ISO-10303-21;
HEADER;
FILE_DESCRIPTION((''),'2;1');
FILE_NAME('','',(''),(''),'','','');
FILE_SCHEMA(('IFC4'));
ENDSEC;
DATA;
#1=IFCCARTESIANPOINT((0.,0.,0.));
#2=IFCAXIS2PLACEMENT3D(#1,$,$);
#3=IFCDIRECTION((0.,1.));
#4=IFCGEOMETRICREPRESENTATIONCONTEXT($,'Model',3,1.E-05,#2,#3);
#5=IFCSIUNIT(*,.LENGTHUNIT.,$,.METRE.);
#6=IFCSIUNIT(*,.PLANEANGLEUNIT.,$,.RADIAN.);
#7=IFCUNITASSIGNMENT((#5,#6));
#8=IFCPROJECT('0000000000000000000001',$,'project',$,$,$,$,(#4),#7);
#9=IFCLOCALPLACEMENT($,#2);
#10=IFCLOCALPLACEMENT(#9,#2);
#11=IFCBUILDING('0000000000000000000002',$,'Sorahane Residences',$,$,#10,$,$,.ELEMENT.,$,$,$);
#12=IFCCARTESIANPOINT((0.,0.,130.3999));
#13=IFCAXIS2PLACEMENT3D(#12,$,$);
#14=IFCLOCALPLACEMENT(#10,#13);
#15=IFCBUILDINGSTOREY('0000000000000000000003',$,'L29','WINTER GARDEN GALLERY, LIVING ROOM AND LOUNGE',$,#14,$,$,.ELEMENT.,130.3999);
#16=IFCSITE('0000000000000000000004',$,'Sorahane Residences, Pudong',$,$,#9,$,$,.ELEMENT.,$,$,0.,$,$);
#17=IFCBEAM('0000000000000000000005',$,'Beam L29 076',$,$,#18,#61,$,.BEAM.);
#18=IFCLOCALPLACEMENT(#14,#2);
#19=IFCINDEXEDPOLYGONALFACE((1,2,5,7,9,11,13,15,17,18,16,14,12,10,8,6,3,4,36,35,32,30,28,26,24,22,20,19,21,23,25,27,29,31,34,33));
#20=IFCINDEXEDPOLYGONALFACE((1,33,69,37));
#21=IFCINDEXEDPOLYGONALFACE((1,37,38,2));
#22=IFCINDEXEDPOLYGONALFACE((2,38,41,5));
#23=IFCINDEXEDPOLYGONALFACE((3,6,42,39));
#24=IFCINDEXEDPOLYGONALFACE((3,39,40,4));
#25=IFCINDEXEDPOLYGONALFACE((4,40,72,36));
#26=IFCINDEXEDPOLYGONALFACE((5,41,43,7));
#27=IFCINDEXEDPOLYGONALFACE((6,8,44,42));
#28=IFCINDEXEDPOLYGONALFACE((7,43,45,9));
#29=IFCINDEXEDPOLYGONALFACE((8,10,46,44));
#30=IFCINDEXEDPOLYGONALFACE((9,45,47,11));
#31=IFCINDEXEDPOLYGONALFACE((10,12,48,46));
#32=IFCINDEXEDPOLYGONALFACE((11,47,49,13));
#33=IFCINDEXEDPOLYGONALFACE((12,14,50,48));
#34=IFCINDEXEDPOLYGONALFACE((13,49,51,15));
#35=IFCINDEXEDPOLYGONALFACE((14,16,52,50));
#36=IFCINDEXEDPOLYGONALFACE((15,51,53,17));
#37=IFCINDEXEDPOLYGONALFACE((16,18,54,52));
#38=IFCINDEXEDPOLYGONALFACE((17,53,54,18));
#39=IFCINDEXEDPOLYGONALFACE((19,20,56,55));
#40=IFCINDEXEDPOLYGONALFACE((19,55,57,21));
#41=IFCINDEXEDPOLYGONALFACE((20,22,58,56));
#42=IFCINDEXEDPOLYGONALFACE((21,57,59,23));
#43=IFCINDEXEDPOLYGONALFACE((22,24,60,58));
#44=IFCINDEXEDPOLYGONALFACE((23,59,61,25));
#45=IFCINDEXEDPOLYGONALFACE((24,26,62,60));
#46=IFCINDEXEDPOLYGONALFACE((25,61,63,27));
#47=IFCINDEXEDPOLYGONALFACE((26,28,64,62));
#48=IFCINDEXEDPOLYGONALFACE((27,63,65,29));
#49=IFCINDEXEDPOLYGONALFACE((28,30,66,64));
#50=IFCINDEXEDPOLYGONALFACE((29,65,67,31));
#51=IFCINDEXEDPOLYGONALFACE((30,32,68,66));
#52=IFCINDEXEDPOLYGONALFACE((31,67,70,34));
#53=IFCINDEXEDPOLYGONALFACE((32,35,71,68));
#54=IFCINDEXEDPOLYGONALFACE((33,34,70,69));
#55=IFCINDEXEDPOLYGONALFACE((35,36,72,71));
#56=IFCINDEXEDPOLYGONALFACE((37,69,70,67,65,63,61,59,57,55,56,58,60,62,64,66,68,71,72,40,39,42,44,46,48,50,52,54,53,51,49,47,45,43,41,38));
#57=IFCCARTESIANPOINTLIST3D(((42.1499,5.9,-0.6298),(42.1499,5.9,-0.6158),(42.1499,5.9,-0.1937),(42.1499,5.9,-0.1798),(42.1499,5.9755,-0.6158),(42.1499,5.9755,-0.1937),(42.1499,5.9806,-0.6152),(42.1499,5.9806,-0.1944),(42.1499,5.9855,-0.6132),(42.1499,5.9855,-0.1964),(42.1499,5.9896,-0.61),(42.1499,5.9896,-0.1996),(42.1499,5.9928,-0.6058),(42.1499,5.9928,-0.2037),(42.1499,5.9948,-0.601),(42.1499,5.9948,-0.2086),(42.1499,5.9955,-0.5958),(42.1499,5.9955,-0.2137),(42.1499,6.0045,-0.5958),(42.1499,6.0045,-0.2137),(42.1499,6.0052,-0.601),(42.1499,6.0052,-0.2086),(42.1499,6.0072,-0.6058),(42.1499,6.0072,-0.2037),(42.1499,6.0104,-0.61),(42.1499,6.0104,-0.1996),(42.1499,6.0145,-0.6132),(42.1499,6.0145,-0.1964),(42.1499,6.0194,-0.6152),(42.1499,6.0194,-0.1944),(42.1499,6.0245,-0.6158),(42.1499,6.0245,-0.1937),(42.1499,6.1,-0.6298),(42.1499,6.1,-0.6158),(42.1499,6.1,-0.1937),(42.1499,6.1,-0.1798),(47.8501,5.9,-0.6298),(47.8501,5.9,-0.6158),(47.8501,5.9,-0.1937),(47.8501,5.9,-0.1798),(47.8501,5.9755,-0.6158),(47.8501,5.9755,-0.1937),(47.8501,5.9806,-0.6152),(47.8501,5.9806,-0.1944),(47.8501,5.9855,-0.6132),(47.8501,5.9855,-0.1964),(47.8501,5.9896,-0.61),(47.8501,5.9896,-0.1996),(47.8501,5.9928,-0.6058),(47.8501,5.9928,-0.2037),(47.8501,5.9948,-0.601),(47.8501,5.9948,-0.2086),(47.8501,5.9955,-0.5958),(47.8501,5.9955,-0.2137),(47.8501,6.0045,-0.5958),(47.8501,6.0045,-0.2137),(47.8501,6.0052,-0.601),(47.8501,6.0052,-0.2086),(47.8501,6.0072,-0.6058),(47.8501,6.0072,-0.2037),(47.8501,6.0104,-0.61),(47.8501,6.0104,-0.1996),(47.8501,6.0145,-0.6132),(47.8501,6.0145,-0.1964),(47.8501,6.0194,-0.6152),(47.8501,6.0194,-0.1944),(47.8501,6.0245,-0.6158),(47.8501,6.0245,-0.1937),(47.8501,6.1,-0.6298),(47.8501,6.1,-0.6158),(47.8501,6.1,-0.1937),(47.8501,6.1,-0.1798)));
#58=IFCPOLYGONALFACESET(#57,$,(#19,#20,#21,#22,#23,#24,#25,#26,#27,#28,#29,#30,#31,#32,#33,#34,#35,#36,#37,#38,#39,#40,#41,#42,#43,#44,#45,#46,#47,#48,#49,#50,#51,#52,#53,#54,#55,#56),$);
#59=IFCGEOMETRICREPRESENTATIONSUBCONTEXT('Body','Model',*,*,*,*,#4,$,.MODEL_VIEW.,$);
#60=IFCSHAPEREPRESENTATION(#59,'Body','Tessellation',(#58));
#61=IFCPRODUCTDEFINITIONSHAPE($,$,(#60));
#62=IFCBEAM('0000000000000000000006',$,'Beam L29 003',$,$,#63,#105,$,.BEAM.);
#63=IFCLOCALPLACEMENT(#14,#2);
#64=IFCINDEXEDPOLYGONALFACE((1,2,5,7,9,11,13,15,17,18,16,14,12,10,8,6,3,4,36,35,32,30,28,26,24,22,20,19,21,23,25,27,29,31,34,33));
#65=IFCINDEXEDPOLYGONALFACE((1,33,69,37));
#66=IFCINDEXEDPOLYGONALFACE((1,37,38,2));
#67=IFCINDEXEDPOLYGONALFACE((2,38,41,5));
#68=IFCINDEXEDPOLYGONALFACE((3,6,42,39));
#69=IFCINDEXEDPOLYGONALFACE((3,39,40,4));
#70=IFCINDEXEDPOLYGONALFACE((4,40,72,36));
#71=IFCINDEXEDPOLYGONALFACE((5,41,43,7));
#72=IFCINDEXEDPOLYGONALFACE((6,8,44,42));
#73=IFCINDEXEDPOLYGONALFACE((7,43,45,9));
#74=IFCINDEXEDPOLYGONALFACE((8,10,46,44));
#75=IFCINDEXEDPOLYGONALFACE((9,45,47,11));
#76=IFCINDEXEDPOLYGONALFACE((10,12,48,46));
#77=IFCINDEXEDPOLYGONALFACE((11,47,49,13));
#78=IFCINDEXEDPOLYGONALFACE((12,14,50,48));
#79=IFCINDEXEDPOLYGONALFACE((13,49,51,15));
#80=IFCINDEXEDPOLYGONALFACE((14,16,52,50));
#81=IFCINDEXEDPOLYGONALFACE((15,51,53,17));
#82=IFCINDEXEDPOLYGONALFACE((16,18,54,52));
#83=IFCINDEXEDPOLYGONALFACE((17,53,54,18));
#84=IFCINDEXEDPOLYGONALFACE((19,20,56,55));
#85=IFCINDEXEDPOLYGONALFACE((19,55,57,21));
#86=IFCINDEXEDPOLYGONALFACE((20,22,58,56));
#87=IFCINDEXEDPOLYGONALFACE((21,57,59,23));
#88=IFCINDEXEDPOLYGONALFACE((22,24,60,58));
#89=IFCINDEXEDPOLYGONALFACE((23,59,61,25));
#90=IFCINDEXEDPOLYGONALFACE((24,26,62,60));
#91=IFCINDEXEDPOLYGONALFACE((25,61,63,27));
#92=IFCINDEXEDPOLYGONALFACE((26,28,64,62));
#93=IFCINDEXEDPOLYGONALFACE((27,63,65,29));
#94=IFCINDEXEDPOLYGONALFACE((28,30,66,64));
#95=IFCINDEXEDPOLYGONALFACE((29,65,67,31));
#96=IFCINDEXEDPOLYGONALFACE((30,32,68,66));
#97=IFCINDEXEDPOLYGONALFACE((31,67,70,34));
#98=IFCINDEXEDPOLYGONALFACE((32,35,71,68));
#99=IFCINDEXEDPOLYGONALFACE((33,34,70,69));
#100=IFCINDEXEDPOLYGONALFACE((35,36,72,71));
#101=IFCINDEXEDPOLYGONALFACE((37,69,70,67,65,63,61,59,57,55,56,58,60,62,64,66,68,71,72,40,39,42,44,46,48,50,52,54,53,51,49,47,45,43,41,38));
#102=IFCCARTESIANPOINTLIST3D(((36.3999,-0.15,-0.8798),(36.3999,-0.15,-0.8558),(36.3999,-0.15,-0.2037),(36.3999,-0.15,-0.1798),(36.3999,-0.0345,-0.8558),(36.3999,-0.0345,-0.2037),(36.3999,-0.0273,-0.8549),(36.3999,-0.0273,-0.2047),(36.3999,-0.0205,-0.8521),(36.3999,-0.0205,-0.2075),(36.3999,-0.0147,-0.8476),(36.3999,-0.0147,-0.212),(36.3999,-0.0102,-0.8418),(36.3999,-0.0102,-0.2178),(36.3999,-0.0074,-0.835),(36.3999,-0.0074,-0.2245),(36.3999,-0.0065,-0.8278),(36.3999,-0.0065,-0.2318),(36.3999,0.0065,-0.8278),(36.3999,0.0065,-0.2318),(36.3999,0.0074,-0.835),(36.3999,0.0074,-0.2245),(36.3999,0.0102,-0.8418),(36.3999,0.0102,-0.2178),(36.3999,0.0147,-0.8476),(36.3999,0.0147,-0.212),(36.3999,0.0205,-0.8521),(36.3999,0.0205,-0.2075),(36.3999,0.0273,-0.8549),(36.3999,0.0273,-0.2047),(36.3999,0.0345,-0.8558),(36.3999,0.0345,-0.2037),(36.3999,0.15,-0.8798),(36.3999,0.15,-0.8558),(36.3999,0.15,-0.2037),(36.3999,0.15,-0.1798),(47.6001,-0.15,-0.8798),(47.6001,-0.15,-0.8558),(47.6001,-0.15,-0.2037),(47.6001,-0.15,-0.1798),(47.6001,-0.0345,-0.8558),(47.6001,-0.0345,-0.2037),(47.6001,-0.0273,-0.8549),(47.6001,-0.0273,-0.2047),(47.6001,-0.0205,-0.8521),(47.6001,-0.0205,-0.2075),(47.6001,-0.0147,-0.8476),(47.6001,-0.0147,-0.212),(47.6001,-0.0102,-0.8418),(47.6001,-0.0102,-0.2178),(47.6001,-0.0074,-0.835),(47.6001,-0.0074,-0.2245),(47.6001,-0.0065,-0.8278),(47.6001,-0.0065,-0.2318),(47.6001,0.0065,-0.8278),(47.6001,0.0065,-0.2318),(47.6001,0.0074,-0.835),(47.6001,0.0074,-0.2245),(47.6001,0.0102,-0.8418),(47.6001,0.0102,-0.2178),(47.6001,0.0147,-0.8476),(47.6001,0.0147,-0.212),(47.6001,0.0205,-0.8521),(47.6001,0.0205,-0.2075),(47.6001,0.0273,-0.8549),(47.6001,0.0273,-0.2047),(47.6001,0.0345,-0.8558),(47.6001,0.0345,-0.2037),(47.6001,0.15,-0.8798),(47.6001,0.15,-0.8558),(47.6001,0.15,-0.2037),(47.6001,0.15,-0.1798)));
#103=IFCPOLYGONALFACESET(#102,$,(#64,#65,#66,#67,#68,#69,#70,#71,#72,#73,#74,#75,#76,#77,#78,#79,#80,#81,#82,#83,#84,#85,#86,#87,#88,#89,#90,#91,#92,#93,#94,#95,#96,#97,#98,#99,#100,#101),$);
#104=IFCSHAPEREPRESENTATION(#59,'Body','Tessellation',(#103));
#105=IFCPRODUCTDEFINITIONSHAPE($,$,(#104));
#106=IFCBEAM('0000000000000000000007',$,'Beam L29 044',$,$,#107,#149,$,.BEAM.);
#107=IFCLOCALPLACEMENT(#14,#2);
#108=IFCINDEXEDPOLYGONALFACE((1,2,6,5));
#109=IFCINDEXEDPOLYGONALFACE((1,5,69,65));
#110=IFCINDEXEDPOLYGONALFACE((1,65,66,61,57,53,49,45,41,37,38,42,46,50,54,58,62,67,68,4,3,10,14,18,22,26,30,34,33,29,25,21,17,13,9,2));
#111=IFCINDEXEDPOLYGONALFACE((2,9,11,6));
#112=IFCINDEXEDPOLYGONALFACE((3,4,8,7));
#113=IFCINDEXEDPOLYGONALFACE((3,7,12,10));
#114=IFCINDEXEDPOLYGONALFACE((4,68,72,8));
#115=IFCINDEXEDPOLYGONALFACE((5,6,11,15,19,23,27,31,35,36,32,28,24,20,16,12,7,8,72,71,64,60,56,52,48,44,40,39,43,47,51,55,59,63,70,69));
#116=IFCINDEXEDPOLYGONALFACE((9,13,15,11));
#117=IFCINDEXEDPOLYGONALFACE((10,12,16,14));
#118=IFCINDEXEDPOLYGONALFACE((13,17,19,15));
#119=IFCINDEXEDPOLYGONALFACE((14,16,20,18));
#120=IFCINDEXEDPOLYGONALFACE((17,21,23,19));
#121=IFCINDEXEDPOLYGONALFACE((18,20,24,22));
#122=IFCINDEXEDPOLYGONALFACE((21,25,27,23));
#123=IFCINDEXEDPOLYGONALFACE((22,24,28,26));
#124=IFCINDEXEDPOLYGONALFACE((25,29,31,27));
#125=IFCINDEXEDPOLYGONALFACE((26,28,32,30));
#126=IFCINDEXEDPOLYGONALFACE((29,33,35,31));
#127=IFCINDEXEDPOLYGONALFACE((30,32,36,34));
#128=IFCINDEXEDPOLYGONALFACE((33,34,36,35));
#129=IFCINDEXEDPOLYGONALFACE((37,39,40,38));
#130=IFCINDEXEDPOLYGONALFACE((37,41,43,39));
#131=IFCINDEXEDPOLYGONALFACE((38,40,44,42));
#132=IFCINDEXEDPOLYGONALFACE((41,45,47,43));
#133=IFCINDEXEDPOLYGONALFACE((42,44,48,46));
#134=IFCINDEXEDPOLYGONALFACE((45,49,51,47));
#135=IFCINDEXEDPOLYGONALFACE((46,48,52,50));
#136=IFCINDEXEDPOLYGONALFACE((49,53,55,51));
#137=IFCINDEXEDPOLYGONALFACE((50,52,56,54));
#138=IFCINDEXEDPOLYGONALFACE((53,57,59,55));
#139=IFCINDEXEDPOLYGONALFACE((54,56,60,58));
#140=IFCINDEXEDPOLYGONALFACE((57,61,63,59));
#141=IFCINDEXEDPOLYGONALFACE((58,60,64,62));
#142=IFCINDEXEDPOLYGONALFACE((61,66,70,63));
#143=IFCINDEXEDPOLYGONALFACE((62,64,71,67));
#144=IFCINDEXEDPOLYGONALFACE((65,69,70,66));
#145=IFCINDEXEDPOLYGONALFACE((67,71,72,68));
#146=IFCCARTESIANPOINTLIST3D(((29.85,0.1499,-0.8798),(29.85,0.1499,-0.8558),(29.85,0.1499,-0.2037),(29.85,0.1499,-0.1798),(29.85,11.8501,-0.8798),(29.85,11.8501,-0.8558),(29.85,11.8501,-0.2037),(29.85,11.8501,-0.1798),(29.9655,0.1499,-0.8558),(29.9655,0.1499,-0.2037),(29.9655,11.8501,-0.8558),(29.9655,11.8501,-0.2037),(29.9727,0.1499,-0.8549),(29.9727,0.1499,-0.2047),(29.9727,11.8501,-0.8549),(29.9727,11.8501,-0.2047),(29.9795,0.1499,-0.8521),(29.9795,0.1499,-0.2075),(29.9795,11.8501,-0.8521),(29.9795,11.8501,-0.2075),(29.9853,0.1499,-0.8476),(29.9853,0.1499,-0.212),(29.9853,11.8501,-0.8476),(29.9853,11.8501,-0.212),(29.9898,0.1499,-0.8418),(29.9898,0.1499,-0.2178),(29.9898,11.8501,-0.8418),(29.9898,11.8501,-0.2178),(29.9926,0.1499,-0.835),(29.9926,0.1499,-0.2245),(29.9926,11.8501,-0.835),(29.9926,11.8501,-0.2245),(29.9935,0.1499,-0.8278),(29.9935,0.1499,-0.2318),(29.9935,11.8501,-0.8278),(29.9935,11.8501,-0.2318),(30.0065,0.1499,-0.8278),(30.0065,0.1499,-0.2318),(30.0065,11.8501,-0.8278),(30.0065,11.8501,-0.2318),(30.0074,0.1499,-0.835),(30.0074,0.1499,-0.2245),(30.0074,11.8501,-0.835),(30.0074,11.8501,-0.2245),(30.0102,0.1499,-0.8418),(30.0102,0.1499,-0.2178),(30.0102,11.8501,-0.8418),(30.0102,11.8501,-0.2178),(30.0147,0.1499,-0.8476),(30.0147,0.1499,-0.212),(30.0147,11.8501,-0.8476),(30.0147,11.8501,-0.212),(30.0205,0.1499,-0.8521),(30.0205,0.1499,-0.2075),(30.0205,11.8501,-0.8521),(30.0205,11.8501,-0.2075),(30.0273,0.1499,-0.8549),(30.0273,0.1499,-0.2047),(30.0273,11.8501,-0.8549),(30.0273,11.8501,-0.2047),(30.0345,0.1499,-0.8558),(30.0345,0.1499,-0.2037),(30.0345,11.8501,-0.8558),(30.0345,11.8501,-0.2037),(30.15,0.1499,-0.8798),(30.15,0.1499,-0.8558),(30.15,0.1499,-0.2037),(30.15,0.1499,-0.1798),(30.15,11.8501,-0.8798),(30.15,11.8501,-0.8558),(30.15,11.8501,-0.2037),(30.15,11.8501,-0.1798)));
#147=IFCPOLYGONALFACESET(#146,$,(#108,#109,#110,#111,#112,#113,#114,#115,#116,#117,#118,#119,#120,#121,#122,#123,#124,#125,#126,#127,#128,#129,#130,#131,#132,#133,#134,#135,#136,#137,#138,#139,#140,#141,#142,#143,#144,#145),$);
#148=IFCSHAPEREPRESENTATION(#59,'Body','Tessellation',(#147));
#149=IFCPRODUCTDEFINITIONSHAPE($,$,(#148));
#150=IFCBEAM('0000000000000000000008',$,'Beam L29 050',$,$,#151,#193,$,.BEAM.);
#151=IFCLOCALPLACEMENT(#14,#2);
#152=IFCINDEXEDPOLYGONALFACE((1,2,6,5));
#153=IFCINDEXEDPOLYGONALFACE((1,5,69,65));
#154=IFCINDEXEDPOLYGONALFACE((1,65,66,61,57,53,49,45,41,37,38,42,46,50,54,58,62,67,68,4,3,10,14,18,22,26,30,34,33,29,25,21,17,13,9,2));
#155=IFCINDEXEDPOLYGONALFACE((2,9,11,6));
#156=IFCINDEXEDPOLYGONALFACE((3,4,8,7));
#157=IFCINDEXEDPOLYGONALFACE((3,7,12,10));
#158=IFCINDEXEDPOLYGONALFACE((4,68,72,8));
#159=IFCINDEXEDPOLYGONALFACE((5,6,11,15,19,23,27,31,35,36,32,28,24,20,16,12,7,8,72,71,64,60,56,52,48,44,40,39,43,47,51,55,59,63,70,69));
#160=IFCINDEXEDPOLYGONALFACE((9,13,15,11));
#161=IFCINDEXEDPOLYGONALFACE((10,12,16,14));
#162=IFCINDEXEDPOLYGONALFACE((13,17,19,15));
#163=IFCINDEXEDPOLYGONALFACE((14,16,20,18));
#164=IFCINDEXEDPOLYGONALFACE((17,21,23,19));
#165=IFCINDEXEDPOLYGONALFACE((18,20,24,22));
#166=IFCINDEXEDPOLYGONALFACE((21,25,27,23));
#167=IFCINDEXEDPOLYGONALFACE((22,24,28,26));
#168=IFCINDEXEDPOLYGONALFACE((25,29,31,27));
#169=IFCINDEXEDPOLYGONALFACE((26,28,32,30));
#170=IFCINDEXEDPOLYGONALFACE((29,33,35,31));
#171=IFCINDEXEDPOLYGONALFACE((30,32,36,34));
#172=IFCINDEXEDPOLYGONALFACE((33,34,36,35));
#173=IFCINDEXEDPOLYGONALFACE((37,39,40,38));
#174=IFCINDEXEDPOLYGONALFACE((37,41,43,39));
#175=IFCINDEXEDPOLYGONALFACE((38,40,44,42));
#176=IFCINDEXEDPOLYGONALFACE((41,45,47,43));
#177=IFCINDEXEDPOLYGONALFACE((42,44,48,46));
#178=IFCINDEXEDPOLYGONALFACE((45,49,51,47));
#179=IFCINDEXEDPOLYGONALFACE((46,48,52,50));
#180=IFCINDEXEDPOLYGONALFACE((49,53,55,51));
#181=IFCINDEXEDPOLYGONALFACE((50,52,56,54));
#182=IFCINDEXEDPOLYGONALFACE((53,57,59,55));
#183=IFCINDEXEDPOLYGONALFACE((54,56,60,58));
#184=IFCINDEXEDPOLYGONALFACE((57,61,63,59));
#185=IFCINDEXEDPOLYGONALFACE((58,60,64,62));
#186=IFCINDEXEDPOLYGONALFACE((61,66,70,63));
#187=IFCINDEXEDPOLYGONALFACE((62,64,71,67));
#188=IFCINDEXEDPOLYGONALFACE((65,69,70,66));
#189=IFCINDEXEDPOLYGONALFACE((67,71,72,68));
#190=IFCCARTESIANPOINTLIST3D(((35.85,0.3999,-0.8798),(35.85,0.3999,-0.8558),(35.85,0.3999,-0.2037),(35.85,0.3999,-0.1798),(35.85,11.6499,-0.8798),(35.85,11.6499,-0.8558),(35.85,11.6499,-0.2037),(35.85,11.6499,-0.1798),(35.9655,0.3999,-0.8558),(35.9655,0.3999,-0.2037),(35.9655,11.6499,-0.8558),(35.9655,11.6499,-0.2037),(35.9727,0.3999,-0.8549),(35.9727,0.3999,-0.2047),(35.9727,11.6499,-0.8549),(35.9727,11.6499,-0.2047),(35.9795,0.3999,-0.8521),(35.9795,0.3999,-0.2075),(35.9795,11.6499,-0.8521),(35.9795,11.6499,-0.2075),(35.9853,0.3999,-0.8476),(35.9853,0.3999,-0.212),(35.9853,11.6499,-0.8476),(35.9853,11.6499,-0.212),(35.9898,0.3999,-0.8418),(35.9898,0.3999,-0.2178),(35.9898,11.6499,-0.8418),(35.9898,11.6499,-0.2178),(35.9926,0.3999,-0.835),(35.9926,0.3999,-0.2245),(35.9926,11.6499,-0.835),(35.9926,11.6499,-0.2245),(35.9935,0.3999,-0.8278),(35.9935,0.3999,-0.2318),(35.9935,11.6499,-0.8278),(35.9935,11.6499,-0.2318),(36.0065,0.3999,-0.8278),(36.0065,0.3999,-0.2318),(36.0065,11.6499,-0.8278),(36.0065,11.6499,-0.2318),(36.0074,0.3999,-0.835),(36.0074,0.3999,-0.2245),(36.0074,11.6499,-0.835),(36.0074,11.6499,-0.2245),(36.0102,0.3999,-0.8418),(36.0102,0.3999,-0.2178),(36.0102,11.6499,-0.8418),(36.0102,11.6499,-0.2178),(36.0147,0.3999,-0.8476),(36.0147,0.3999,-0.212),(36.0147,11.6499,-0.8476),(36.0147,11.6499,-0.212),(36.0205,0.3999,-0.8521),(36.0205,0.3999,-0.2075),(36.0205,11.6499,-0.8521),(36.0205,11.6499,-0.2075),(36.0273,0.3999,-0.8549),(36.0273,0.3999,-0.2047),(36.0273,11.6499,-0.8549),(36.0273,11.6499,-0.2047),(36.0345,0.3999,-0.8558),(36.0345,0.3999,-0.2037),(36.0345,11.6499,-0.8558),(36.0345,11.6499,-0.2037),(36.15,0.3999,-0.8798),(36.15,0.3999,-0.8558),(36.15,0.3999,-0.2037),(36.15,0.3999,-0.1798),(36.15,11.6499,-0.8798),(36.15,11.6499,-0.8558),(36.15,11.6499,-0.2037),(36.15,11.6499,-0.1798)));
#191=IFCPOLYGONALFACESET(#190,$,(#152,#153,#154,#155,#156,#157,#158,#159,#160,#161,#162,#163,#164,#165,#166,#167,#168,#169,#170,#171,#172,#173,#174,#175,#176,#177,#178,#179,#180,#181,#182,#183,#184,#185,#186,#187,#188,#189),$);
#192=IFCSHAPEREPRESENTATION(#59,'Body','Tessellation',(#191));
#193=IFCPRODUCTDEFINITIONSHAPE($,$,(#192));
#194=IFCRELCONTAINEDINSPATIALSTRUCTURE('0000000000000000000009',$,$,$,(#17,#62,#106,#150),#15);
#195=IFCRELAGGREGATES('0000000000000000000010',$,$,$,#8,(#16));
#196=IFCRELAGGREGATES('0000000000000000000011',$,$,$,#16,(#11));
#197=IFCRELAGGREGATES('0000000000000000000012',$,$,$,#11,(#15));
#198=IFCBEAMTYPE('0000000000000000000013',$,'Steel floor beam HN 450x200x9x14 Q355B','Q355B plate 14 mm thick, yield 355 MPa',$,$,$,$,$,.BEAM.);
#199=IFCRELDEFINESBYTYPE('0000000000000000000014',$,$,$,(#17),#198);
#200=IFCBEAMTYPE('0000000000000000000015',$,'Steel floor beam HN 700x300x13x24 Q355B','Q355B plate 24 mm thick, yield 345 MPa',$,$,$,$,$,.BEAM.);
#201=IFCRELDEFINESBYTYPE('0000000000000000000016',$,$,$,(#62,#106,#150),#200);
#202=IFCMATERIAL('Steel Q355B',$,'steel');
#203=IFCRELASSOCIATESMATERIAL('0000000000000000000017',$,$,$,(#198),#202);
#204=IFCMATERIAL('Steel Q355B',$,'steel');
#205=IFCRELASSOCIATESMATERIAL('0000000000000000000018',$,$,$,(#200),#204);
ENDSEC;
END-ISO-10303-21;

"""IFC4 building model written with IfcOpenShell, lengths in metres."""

from ifc_helpers import new_model, si_unit, direction, frame, origin, origin_2d, place, context, subcontext, project, spatial, i_section, extrude, material, material_profile, profile_set, type_object, element, save


model = new_model("IFC4")

# Units and contexts
model_context = context("Model", 3, precision=1e-05, world=origin(), true_north=direction((0.0, 1.0)))
body_context = subcontext(model_context, "Body", "Model", "MODEL_VIEW")
ifc_project = project(units=[si_unit("LENGTHUNIT", "METRE"), si_unit("PLANEANGLEUNIT", "RADIAN")], contexts=[model_context])

# Site, building, storey
site_placement = place(None, origin())
site = spatial("IfcSite", under=ifc_project, at=site_placement, Name="Sorahane Residences, Pudong", CompositionType="ELEMENT", RefElevation=0.0)
building_placement = place(site_placement, origin())
building = spatial("IfcBuilding", under=site, at=building_placement, Name="Sorahane Residences", CompositionType="ELEMENT")
storey_placement = place(building_placement, frame((0.0, 0.0, 130.3999)))
storey = spatial("IfcBuildingStorey", under=building, at=storey_placement, Name="L29", Description="WINTER GARDEN GALLERY, LIVING ROOM AND LOUNGE", CompositionType="ELEMENT", Elevation=130.3999)

# Beams
ifc_material_1 = material(Name="Steel Q355B", Category="steel")
ifc_material_profile_1 = material_profile(ifc_material_1, i_section(OverallWidth=0.2, OverallDepth=0.45, WebThickness=0.009, FlangeThickness=0.0139, FilletRadius=0.02, at=origin_2d()), Name="HN 450x200x9x14")
ifc_profile_set_1 = profile_set([ifc_material_profile_1], Name="Steel Q355B")
beam_type_1 = type_object("IfcBeamType", Name="Steel floor beam HN 450x200x9x14 Q355B", Description="Q355B plate 14 mm thick, yield 355 MPa", PredefinedType="BEAM", material=ifc_profile_set_1)
for number, where, z_axis, x_axis, name in (
    (1, (42.1499, 6.0, -0.4048), (1.0, 0.0, 0.0), (0.0, 1.0, 0.0), "Beam L29 076"),
):
    element("IfcBeam", number, at=place(storey_placement, frame(where, z_axis=z_axis, x_axis=x_axis)), inside=storey, type_object=beam_type_1, Name=name, PredefinedType="BEAM", context=body_context, shape_type="SweptSolid", body=[
        extrude(i_section(OverallWidth=0.2, OverallDepth=0.45, WebThickness=0.009, FlangeThickness=0.0139, FilletRadius=0.02, at=origin_2d()), origin(), (0.0, 0.0, 1.0), 5.7002),
    ])
ifc_material_2 = material(Name="Steel Q355B", Category="steel")
ifc_material_profile_2 = material_profile(ifc_material_2, i_section(OverallWidth=0.3, OverallDepth=0.7, WebThickness=0.0129, FlangeThickness=0.0239, FilletRadius=0.0281, at=origin_2d()), Name="HN 700x300x13x24")
ifc_profile_set_2 = profile_set([ifc_material_profile_2], Name="Steel Q355B")
beam_type_2 = type_object("IfcBeamType", Name="Steel floor beam HN 700x300x13x24 Q355B", Description="Q355B plate 24 mm thick, yield 345 MPa", PredefinedType="BEAM", material=ifc_profile_set_2)
beam_1_placement = place(storey_placement, frame((36.3999, 0.0, -0.5298), z_axis=(1.0, 0.0, 0.0), x_axis=(0.0, 1.0, 0.0)))
element("IfcBeam", 2, at=beam_1_placement, inside=storey, type_object=beam_type_2, Name="Beam L29 003", PredefinedType="BEAM", context=body_context, shape_type="SweptSolid", body=[
    extrude(i_section(OverallWidth=0.3, OverallDepth=0.7, WebThickness=0.0129, FlangeThickness=0.0239, FilletRadius=0.0281, at=origin_2d()), origin(), (0.0, 0.0, 1.0), 11.2002),
])
beam_2_placement = place(storey_placement, frame((30.0, 0.1499, -0.5298), z_axis=(0.0, 1.0, 0.0), x_axis=(-1.0, 0.0, 0.0)))
element("IfcBeam", 3, at=beam_2_placement, inside=storey, type_object=beam_type_2, Name="Beam L29 044", PredefinedType="BEAM", context=body_context, shape_type="SweptSolid", body=[
    extrude(i_section(OverallWidth=0.3, OverallDepth=0.7, WebThickness=0.0129, FlangeThickness=0.0239, FilletRadius=0.0281, at=origin_2d()), origin(), (0.0, 0.0, 1.0), 11.7002),
])
beam_3_placement = place(storey_placement, frame((36.0, 0.3999, -0.5298), z_axis=(0.0, 1.0, 0.0), x_axis=(-1.0, 0.0, 0.0)))
element("IfcBeam", 4, at=beam_3_placement, inside=storey, type_object=beam_type_2, Name="Beam L29 050", PredefinedType="BEAM", context=body_context, shape_type="SweptSolid", body=[
    extrude(i_section(OverallWidth=0.3, OverallDepth=0.7, WebThickness=0.0129, FlangeThickness=0.0239, FilletRadius=0.0281, at=origin_2d()), origin(), (0.0, 0.0, 1.0), 11.25),
])

save(model, "model.ifc")
